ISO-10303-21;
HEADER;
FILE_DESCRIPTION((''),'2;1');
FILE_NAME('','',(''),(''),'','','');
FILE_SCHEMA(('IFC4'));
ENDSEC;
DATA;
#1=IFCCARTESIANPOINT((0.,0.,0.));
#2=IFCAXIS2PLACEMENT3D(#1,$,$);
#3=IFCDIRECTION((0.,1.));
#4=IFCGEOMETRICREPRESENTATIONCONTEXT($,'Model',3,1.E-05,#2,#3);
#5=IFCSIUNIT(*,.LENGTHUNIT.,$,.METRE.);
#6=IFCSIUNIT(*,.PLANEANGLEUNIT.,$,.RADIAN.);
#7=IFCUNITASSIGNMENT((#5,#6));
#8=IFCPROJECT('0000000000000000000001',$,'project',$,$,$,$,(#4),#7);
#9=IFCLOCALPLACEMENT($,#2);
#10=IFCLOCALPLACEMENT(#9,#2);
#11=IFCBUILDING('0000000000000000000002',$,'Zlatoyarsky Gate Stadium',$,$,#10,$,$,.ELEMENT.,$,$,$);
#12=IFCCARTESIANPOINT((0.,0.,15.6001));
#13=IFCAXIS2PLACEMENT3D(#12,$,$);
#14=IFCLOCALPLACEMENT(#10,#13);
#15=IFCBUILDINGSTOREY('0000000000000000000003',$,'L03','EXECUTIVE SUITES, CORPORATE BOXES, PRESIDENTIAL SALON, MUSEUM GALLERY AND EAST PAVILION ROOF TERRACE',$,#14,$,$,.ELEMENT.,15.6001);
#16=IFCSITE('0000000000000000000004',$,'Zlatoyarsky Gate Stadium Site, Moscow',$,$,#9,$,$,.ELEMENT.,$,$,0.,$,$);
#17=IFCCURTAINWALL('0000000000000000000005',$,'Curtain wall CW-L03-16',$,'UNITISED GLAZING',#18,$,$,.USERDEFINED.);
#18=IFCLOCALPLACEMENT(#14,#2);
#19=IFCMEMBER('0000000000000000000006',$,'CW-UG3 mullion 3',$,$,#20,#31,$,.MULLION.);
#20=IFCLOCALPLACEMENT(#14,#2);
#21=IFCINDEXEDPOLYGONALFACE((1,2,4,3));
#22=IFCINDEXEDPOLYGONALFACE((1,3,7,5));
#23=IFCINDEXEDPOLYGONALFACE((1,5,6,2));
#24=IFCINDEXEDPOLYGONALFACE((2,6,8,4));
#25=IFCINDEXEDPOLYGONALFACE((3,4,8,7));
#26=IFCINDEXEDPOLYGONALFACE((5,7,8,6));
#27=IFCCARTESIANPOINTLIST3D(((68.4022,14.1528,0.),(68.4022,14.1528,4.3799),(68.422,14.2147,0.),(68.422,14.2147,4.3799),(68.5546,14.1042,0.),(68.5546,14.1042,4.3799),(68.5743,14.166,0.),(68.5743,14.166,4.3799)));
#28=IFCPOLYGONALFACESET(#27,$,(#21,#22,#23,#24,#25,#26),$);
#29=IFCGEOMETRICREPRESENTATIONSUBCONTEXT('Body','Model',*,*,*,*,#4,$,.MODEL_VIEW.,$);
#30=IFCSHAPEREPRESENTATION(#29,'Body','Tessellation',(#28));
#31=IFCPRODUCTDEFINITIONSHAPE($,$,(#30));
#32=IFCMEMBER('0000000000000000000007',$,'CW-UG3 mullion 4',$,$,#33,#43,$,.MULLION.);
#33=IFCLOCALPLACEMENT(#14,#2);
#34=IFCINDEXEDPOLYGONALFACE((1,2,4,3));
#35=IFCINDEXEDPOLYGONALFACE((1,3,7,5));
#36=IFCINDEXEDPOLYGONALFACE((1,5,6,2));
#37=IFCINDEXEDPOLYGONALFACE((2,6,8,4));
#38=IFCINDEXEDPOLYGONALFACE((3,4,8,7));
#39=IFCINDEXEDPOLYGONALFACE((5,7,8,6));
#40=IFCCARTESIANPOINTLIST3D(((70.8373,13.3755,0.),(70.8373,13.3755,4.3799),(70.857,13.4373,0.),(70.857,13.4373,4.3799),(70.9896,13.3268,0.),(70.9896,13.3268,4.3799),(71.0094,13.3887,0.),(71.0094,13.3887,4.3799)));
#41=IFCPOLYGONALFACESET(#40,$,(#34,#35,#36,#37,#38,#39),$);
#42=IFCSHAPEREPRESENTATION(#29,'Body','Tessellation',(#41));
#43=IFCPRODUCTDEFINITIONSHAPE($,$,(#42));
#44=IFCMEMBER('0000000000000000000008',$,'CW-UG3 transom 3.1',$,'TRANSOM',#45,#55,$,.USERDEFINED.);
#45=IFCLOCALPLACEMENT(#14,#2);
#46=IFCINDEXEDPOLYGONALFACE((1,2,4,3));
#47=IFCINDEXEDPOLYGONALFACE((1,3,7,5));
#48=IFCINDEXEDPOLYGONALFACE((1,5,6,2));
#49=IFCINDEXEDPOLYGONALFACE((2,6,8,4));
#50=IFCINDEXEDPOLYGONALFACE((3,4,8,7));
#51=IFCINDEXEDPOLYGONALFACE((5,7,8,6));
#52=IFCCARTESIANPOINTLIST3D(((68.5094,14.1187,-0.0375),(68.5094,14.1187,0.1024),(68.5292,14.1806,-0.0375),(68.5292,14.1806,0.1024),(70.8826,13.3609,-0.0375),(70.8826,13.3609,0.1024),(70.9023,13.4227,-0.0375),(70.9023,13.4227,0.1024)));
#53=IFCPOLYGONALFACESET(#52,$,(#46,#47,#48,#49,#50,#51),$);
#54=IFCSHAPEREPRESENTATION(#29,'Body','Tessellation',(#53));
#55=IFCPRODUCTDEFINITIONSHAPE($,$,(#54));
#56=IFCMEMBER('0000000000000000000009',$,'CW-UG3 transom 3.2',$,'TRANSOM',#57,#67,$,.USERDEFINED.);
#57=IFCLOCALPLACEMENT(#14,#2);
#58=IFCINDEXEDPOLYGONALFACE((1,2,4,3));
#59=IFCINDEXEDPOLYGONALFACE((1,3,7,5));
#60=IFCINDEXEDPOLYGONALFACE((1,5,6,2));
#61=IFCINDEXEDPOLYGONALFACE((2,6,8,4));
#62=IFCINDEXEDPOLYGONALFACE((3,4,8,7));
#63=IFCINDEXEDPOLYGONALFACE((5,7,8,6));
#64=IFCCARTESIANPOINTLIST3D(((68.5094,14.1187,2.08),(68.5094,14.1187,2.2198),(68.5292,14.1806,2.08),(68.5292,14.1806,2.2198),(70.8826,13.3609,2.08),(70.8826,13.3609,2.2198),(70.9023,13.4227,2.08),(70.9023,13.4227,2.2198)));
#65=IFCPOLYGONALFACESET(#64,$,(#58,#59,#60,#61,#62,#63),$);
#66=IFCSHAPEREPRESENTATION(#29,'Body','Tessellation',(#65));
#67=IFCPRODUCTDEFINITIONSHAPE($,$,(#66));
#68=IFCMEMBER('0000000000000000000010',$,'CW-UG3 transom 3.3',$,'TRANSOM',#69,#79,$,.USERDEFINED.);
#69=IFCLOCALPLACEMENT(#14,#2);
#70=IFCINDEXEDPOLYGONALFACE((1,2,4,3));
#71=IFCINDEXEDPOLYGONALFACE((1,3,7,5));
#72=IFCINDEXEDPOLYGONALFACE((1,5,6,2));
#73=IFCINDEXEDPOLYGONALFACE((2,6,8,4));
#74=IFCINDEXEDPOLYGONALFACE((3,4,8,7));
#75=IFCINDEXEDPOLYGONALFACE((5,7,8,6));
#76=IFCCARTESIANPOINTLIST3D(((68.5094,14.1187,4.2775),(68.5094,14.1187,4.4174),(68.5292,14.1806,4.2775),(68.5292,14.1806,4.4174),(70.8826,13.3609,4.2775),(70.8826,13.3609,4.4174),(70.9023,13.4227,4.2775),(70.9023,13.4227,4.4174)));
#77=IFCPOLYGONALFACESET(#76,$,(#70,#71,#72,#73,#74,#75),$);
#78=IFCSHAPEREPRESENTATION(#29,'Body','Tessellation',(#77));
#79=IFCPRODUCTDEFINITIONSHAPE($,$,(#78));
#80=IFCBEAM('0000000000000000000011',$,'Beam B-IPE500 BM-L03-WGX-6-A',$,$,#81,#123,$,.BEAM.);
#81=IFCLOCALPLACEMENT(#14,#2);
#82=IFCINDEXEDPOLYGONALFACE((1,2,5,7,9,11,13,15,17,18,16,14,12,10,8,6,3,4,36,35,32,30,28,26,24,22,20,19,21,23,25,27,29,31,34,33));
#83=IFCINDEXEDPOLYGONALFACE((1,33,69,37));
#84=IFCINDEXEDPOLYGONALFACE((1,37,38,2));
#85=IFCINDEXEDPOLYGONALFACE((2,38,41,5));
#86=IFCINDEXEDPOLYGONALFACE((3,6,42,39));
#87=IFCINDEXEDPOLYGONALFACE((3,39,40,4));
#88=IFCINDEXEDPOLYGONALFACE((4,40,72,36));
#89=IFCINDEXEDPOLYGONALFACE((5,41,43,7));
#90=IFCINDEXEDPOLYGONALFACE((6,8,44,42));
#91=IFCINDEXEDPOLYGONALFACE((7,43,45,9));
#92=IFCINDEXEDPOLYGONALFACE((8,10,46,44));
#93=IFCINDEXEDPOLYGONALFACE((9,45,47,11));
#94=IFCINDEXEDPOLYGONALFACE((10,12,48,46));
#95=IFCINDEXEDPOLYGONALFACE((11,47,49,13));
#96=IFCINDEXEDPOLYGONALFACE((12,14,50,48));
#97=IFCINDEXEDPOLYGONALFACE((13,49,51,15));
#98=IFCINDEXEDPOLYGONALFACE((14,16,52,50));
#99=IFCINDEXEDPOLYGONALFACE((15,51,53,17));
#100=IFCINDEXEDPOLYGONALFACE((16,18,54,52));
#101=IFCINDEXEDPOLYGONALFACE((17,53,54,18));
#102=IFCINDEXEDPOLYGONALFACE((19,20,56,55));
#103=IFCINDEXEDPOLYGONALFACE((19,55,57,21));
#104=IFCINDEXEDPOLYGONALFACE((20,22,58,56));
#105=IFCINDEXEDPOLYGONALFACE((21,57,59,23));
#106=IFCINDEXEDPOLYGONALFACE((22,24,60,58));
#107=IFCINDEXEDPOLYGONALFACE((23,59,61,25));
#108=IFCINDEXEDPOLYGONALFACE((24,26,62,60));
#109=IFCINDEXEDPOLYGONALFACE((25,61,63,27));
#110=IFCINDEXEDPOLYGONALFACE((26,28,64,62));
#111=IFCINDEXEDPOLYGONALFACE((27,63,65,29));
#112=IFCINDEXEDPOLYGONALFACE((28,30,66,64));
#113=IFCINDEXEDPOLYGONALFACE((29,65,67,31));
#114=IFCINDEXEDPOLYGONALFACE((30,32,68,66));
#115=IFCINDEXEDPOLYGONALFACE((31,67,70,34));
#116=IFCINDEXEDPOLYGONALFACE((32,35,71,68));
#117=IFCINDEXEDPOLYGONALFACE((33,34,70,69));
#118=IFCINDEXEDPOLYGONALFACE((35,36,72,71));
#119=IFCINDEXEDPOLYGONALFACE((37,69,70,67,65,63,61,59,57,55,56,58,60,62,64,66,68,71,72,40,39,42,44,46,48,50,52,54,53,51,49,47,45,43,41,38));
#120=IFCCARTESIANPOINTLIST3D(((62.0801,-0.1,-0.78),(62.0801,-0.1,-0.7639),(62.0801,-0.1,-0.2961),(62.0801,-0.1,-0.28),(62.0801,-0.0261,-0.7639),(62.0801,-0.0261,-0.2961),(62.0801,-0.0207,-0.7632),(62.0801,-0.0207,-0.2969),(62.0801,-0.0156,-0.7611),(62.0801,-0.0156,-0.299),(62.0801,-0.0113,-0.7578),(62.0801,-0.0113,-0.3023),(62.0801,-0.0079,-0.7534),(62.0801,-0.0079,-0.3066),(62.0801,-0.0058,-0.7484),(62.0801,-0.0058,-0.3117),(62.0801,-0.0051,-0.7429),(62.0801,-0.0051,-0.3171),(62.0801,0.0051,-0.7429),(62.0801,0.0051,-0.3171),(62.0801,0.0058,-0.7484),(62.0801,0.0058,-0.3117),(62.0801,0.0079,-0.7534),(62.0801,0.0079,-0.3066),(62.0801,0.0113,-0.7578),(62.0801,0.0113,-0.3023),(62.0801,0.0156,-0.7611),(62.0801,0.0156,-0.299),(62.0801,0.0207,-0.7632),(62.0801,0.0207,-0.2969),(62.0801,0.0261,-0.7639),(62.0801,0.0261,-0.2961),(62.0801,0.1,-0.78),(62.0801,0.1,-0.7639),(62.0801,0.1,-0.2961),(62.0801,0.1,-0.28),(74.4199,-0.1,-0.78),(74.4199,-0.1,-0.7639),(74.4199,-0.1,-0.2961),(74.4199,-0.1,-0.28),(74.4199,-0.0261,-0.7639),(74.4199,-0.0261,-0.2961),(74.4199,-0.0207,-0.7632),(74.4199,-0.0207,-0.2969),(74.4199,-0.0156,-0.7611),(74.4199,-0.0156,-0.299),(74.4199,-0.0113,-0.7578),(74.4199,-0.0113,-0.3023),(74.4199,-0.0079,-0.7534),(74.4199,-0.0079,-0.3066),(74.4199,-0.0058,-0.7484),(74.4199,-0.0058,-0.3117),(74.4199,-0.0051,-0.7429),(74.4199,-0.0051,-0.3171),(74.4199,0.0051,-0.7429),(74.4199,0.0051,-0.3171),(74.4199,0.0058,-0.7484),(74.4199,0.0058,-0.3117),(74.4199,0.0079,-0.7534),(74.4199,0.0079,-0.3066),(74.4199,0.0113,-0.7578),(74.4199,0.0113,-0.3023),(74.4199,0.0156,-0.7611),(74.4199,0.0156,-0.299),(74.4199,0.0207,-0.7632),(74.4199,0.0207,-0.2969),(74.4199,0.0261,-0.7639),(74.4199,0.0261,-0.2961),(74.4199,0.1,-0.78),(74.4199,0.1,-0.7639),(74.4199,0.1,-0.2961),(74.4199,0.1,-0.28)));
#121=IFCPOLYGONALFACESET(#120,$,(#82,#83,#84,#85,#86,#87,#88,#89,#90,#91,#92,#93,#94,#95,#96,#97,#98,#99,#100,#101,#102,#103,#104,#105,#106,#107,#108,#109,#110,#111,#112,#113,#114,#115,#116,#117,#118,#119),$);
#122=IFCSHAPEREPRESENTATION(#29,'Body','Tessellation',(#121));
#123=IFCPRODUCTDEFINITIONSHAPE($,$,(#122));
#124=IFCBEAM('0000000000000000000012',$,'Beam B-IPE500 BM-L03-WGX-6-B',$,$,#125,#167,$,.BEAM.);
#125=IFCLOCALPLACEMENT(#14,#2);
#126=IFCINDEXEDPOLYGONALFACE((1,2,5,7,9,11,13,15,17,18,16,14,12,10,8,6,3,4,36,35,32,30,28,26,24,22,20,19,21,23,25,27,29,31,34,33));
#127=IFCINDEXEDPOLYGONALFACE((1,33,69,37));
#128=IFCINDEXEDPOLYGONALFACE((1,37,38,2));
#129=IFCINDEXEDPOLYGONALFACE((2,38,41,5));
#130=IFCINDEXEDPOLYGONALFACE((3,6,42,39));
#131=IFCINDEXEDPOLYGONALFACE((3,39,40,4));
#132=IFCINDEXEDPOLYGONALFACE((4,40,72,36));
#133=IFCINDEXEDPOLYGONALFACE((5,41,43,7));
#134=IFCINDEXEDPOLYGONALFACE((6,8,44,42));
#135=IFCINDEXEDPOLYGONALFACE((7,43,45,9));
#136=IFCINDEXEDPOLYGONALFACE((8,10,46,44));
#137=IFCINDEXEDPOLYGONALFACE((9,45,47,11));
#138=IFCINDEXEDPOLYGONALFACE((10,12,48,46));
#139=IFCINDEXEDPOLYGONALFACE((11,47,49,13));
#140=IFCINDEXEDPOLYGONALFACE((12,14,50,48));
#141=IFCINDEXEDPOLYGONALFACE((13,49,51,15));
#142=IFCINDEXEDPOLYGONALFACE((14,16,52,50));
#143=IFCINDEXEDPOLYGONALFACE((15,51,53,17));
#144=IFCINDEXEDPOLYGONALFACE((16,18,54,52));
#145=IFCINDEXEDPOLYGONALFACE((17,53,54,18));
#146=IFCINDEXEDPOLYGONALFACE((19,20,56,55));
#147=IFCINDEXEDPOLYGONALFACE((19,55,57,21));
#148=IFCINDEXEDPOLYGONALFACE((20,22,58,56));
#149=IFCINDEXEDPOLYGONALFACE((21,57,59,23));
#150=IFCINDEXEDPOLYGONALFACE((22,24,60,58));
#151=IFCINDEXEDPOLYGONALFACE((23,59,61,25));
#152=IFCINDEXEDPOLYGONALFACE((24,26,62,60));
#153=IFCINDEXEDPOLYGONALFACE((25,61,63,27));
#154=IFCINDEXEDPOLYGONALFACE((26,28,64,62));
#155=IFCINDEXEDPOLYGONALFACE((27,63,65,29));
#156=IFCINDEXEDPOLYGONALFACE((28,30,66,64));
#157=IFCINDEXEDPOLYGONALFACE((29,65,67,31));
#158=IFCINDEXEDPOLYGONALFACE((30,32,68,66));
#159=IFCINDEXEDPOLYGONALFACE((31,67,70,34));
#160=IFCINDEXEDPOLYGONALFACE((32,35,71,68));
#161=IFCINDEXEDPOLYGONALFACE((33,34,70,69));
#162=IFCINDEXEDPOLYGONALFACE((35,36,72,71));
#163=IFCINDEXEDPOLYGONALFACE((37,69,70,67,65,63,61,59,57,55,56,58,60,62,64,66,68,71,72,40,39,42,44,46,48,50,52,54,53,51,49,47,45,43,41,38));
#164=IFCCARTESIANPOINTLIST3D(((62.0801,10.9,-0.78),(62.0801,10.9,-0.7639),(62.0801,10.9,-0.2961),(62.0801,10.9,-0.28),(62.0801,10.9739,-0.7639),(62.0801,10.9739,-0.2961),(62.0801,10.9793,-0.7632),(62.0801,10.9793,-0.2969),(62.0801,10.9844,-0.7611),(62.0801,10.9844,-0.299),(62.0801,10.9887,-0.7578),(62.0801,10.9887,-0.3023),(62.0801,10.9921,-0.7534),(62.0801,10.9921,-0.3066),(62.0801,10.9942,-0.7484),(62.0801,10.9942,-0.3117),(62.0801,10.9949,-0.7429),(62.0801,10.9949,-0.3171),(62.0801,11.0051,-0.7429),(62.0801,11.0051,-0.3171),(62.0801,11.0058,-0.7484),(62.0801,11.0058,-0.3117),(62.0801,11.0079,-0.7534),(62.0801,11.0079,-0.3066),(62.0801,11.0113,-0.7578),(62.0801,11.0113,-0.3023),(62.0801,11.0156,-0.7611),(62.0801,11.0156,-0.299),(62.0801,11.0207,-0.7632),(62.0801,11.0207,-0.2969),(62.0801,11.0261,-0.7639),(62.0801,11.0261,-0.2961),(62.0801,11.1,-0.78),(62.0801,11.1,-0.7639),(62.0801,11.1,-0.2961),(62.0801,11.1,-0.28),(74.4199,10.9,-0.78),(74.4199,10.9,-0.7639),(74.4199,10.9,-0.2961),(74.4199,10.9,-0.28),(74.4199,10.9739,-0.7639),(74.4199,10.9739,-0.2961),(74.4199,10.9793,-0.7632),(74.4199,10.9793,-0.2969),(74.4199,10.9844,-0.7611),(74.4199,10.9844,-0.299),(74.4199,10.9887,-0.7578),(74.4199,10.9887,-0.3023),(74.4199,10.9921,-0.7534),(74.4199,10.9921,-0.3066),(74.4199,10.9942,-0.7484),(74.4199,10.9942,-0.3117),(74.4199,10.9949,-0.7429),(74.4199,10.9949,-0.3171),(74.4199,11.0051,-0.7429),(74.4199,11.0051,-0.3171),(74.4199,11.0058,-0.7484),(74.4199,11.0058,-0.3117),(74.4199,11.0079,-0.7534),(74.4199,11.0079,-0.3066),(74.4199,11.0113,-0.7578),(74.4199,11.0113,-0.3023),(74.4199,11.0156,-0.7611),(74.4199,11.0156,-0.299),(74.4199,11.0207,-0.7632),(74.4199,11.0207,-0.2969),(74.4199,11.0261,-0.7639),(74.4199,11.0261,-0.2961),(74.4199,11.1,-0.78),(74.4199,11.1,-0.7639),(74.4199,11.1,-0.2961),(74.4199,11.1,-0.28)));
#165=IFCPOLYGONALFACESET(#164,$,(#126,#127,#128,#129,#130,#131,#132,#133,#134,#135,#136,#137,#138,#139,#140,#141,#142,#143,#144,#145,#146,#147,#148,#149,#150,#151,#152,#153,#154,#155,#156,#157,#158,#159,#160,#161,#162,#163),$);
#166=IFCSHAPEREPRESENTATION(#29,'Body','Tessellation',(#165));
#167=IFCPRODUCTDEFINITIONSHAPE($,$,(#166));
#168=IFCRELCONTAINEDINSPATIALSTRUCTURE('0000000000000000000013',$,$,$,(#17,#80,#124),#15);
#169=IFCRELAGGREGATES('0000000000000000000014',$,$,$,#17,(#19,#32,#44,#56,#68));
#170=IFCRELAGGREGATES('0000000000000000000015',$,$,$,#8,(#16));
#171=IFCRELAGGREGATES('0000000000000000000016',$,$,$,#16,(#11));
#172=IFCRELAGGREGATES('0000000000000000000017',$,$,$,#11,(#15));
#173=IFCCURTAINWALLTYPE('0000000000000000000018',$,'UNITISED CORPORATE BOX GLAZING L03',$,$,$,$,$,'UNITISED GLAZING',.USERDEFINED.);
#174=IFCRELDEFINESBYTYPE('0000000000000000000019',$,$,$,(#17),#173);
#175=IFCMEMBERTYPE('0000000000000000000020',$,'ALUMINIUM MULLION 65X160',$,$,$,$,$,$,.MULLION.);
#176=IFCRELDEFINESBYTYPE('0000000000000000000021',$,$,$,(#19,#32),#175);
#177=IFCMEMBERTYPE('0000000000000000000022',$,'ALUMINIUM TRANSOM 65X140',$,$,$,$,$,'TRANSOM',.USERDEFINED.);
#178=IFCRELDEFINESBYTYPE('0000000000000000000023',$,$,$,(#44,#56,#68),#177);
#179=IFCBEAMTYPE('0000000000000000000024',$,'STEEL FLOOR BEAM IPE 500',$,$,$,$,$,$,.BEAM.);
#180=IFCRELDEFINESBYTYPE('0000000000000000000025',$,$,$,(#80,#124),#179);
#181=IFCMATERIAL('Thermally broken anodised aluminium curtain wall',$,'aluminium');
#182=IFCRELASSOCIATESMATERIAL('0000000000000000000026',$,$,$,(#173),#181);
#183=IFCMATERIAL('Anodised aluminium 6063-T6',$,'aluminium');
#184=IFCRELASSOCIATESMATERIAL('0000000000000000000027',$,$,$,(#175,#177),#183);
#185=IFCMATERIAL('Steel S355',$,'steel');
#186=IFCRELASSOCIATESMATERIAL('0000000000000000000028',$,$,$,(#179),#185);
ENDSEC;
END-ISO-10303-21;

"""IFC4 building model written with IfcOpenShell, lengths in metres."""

from ifc_helpers import new_model, si_unit, direction, frame, origin, origin_2d, place, context, subcontext, project, spatial, rectangle, i_section, extrude, material, material_profile, profile_set, type_object, element, aggregate, save


model = new_model("IFC4")

# Units and contexts
model_context = context("Model", 3, precision=1e-05, world=origin(), true_north=direction((0.0, 1.0)))
body_context = subcontext(model_context, "Body", "Model", "MODEL_VIEW")
ifc_project = project(units=[si_unit("LENGTHUNIT", "METRE"), si_unit("PLANEANGLEUNIT", "RADIAN")], contexts=[model_context])

# Site, building, storey
site_placement = place(None, origin())
site = spatial("IfcSite", under=ifc_project, at=site_placement, Name="Zlatoyarsky Gate Stadium Site, Moscow", CompositionType="ELEMENT", RefElevation=0.0)
building_placement = place(site_placement, origin())
building = spatial("IfcBuilding", under=site, at=building_placement, Name="Zlatoyarsky Gate Stadium", CompositionType="ELEMENT")
storey_placement = place(building_placement, frame((0.0, 0.0, 15.6001)))
storey = spatial("IfcBuildingStorey", under=building, at=storey_placement, Name="L03", Description="EXECUTIVE SUITES, CORPORATE BOXES, PRESIDENTIAL SALON, MUSEUM GALLERY AND EAST PAVILION ROOF TERRACE", CompositionType="ELEMENT", Elevation=15.6001)

# Curtain wall, members
ifc_material_1 = material(Name="Thermally broken anodised aluminium curtain wall", Category="aluminium")
curtain_wall_type = type_object("IfcCurtainWallType", Name="UNITISED CORPORATE BOX GLAZING L03", ElementType="UNITISED GLAZING", PredefinedType="USERDEFINED", material=ifc_material_1)
curtain_wall_placement = place(storey_placement, origin())
curtain_wall = element("IfcCurtainWall", 1, at=curtain_wall_placement, inside=storey, type_object=curtain_wall_type, Name="Curtain wall CW-L03-16", ObjectType="UNITISED GLAZING", PredefinedType="USERDEFINED")
ifc_material_2 = material(Name="Anodised aluminium 6063-T6", Category="aluminium")
ifc_material_profile_1 = material_profile(ifc_material_2, rectangle(XDim=0.0649, YDim=0.1599, at=origin_2d()), Name="ALU 65X160")
ifc_profile_set_1 = profile_set([ifc_material_profile_1], Name="Anodised aluminium 6063-T6")
member_type_1 = type_object("IfcMemberType", Name="ALUMINIUM MULLION 65X160", PredefinedType="MULLION", material=ifc_profile_set_1)
member_1_placement = place(storey_placement, frame((68.4883, 14.1594, 0.0), z_axis=(0.0, 0.0, 1.0), x_axis=(0.304162, 0.95262, 0.0)))
member_1 = element("IfcMember", 2, at=member_1_placement, type_object=member_type_1, Name="CW-UG3 mullion 3", PredefinedType="MULLION", context=body_context, shape_type="SweptSolid", body=[
    extrude(rectangle(XDim=0.0649, YDim=0.1599, at=origin_2d()), origin(), (0.0, 0.0, 1.0), 4.3799),
])
member_2_placement = place(storey_placement, frame((70.9233, 13.3821, 0.0), z_axis=(0.0, 0.0, 1.0), x_axis=(0.304162, 0.95262, 0.0)))
member_2 = element("IfcMember", 3, at=member_2_placement, type_object=member_type_1, Name="CW-UG3 mullion 4", PredefinedType="MULLION", context=body_context, shape_type="SweptSolid", body=[
    extrude(rectangle(XDim=0.0649, YDim=0.1599, at=origin_2d()), origin(), (0.0, 0.0, 1.0), 4.3799),
])
ifc_material_profile_2 = material_profile(ifc_material_2, rectangle(XDim=0.0649, YDim=0.1399, at=origin_2d()), Name="ALU 65X140")
ifc_profile_set_2 = profile_set([ifc_material_profile_2], Name="Anodised aluminium 6063-T6")
member_type_2 = type_object("IfcMemberType", Name="ALUMINIUM TRANSOM 65X140", ElementType="TRANSOM", PredefinedType="USERDEFINED", material=ifc_profile_set_2)
member_3_placement = place(storey_placement, frame((68.5193, 14.1497, 0.0325), z_axis=(0.952606, -0.304207, 0.0), x_axis=(0.304207, 0.952606, 0.0)))
member_3 = element("IfcMember", 4, at=member_3_placement, type_object=member_type_2, Name="CW-UG3 transom 3.1", ObjectType="TRANSOM", PredefinedType="USERDEFINED", context=body_context, shape_type="SweptSolid", body=[
    extrude(rectangle(XDim=0.0649, YDim=0.1399, at=origin_2d()), origin(), (0.0, 0.0, 1.0), 2.4912),
])
member_4_placement = place(storey_placement, frame((68.5193, 14.1497, 2.1499), z_axis=(0.952606, -0.304207, 0.0), x_axis=(0.304207, 0.952606, 0.0)))
member_4 = element("IfcMember", 5, at=member_4_placement, type_object=member_type_2, Name="CW-UG3 transom 3.2", ObjectType="TRANSOM", PredefinedType="USERDEFINED", context=body_context, shape_type="SweptSolid", body=[
    extrude(rectangle(XDim=0.0649, YDim=0.1399, at=origin_2d()), origin(), (0.0, 0.0, 1.0), 2.4912),
])
member_5_placement = place(storey_placement, frame((68.5193, 14.1497, 4.3474), z_axis=(0.952606, -0.304207, 0.0), x_axis=(0.304207, 0.952606, 0.0)))
member_5 = element("IfcMember", 6, at=member_5_placement, type_object=member_type_2, Name="CW-UG3 transom 3.3", ObjectType="TRANSOM", PredefinedType="USERDEFINED", context=body_context, shape_type="SweptSolid", body=[
    extrude(rectangle(XDim=0.0649, YDim=0.1399, at=origin_2d()), origin(), (0.0, 0.0, 1.0), 2.4912),
])

# Beams
ifc_material_3 = material(Name="Steel S355", Category="steel")
ifc_material_profile_3 = material_profile(ifc_material_3, i_section(OverallWidth=0.2, OverallDepth=0.5, WebThickness=0.0103, FlangeThickness=0.0161, FilletRadius=0.021, at=origin_2d()), Name="IPE 500")
ifc_profile_set_3 = profile_set([ifc_material_profile_3], Name="Steel S355")
beam_type_1 = type_object("IfcBeamType", Name="STEEL FLOOR BEAM IPE 500", PredefinedType="BEAM", material=ifc_profile_set_3)
for number, where, z_axis, x_axis, name in (
    (7, (62.0801, 0.0, -0.53), (1.0, 0.0, 0.0), (0.0, 1.0, 0.0), "Beam B-IPE500 BM-L03-WGX-6-A"),
    (8, (62.0801, 11.0, -0.53), (1.0, 0.0, 0.0), (0.0, 1.0, 0.0), "Beam B-IPE500 BM-L03-WGX-6-B"),
):
    element("IfcBeam", number, at=place(storey_placement, frame(where, z_axis=z_axis, x_axis=x_axis)), inside=storey, type_object=beam_type_1, Name=name, PredefinedType="BEAM", context=body_context, shape_type="SweptSolid", body=[
        extrude(i_section(OverallWidth=0.2, OverallDepth=0.5, WebThickness=0.0103, FlangeThickness=0.0161, FilletRadius=0.021, at=origin_2d()), origin(), (0.0, 0.0, 1.0), 12.3398),
    ])

aggregate(curtain_wall, [member_1, member_2, member_3, member_4, member_5])

save(model, "model.ifc")
